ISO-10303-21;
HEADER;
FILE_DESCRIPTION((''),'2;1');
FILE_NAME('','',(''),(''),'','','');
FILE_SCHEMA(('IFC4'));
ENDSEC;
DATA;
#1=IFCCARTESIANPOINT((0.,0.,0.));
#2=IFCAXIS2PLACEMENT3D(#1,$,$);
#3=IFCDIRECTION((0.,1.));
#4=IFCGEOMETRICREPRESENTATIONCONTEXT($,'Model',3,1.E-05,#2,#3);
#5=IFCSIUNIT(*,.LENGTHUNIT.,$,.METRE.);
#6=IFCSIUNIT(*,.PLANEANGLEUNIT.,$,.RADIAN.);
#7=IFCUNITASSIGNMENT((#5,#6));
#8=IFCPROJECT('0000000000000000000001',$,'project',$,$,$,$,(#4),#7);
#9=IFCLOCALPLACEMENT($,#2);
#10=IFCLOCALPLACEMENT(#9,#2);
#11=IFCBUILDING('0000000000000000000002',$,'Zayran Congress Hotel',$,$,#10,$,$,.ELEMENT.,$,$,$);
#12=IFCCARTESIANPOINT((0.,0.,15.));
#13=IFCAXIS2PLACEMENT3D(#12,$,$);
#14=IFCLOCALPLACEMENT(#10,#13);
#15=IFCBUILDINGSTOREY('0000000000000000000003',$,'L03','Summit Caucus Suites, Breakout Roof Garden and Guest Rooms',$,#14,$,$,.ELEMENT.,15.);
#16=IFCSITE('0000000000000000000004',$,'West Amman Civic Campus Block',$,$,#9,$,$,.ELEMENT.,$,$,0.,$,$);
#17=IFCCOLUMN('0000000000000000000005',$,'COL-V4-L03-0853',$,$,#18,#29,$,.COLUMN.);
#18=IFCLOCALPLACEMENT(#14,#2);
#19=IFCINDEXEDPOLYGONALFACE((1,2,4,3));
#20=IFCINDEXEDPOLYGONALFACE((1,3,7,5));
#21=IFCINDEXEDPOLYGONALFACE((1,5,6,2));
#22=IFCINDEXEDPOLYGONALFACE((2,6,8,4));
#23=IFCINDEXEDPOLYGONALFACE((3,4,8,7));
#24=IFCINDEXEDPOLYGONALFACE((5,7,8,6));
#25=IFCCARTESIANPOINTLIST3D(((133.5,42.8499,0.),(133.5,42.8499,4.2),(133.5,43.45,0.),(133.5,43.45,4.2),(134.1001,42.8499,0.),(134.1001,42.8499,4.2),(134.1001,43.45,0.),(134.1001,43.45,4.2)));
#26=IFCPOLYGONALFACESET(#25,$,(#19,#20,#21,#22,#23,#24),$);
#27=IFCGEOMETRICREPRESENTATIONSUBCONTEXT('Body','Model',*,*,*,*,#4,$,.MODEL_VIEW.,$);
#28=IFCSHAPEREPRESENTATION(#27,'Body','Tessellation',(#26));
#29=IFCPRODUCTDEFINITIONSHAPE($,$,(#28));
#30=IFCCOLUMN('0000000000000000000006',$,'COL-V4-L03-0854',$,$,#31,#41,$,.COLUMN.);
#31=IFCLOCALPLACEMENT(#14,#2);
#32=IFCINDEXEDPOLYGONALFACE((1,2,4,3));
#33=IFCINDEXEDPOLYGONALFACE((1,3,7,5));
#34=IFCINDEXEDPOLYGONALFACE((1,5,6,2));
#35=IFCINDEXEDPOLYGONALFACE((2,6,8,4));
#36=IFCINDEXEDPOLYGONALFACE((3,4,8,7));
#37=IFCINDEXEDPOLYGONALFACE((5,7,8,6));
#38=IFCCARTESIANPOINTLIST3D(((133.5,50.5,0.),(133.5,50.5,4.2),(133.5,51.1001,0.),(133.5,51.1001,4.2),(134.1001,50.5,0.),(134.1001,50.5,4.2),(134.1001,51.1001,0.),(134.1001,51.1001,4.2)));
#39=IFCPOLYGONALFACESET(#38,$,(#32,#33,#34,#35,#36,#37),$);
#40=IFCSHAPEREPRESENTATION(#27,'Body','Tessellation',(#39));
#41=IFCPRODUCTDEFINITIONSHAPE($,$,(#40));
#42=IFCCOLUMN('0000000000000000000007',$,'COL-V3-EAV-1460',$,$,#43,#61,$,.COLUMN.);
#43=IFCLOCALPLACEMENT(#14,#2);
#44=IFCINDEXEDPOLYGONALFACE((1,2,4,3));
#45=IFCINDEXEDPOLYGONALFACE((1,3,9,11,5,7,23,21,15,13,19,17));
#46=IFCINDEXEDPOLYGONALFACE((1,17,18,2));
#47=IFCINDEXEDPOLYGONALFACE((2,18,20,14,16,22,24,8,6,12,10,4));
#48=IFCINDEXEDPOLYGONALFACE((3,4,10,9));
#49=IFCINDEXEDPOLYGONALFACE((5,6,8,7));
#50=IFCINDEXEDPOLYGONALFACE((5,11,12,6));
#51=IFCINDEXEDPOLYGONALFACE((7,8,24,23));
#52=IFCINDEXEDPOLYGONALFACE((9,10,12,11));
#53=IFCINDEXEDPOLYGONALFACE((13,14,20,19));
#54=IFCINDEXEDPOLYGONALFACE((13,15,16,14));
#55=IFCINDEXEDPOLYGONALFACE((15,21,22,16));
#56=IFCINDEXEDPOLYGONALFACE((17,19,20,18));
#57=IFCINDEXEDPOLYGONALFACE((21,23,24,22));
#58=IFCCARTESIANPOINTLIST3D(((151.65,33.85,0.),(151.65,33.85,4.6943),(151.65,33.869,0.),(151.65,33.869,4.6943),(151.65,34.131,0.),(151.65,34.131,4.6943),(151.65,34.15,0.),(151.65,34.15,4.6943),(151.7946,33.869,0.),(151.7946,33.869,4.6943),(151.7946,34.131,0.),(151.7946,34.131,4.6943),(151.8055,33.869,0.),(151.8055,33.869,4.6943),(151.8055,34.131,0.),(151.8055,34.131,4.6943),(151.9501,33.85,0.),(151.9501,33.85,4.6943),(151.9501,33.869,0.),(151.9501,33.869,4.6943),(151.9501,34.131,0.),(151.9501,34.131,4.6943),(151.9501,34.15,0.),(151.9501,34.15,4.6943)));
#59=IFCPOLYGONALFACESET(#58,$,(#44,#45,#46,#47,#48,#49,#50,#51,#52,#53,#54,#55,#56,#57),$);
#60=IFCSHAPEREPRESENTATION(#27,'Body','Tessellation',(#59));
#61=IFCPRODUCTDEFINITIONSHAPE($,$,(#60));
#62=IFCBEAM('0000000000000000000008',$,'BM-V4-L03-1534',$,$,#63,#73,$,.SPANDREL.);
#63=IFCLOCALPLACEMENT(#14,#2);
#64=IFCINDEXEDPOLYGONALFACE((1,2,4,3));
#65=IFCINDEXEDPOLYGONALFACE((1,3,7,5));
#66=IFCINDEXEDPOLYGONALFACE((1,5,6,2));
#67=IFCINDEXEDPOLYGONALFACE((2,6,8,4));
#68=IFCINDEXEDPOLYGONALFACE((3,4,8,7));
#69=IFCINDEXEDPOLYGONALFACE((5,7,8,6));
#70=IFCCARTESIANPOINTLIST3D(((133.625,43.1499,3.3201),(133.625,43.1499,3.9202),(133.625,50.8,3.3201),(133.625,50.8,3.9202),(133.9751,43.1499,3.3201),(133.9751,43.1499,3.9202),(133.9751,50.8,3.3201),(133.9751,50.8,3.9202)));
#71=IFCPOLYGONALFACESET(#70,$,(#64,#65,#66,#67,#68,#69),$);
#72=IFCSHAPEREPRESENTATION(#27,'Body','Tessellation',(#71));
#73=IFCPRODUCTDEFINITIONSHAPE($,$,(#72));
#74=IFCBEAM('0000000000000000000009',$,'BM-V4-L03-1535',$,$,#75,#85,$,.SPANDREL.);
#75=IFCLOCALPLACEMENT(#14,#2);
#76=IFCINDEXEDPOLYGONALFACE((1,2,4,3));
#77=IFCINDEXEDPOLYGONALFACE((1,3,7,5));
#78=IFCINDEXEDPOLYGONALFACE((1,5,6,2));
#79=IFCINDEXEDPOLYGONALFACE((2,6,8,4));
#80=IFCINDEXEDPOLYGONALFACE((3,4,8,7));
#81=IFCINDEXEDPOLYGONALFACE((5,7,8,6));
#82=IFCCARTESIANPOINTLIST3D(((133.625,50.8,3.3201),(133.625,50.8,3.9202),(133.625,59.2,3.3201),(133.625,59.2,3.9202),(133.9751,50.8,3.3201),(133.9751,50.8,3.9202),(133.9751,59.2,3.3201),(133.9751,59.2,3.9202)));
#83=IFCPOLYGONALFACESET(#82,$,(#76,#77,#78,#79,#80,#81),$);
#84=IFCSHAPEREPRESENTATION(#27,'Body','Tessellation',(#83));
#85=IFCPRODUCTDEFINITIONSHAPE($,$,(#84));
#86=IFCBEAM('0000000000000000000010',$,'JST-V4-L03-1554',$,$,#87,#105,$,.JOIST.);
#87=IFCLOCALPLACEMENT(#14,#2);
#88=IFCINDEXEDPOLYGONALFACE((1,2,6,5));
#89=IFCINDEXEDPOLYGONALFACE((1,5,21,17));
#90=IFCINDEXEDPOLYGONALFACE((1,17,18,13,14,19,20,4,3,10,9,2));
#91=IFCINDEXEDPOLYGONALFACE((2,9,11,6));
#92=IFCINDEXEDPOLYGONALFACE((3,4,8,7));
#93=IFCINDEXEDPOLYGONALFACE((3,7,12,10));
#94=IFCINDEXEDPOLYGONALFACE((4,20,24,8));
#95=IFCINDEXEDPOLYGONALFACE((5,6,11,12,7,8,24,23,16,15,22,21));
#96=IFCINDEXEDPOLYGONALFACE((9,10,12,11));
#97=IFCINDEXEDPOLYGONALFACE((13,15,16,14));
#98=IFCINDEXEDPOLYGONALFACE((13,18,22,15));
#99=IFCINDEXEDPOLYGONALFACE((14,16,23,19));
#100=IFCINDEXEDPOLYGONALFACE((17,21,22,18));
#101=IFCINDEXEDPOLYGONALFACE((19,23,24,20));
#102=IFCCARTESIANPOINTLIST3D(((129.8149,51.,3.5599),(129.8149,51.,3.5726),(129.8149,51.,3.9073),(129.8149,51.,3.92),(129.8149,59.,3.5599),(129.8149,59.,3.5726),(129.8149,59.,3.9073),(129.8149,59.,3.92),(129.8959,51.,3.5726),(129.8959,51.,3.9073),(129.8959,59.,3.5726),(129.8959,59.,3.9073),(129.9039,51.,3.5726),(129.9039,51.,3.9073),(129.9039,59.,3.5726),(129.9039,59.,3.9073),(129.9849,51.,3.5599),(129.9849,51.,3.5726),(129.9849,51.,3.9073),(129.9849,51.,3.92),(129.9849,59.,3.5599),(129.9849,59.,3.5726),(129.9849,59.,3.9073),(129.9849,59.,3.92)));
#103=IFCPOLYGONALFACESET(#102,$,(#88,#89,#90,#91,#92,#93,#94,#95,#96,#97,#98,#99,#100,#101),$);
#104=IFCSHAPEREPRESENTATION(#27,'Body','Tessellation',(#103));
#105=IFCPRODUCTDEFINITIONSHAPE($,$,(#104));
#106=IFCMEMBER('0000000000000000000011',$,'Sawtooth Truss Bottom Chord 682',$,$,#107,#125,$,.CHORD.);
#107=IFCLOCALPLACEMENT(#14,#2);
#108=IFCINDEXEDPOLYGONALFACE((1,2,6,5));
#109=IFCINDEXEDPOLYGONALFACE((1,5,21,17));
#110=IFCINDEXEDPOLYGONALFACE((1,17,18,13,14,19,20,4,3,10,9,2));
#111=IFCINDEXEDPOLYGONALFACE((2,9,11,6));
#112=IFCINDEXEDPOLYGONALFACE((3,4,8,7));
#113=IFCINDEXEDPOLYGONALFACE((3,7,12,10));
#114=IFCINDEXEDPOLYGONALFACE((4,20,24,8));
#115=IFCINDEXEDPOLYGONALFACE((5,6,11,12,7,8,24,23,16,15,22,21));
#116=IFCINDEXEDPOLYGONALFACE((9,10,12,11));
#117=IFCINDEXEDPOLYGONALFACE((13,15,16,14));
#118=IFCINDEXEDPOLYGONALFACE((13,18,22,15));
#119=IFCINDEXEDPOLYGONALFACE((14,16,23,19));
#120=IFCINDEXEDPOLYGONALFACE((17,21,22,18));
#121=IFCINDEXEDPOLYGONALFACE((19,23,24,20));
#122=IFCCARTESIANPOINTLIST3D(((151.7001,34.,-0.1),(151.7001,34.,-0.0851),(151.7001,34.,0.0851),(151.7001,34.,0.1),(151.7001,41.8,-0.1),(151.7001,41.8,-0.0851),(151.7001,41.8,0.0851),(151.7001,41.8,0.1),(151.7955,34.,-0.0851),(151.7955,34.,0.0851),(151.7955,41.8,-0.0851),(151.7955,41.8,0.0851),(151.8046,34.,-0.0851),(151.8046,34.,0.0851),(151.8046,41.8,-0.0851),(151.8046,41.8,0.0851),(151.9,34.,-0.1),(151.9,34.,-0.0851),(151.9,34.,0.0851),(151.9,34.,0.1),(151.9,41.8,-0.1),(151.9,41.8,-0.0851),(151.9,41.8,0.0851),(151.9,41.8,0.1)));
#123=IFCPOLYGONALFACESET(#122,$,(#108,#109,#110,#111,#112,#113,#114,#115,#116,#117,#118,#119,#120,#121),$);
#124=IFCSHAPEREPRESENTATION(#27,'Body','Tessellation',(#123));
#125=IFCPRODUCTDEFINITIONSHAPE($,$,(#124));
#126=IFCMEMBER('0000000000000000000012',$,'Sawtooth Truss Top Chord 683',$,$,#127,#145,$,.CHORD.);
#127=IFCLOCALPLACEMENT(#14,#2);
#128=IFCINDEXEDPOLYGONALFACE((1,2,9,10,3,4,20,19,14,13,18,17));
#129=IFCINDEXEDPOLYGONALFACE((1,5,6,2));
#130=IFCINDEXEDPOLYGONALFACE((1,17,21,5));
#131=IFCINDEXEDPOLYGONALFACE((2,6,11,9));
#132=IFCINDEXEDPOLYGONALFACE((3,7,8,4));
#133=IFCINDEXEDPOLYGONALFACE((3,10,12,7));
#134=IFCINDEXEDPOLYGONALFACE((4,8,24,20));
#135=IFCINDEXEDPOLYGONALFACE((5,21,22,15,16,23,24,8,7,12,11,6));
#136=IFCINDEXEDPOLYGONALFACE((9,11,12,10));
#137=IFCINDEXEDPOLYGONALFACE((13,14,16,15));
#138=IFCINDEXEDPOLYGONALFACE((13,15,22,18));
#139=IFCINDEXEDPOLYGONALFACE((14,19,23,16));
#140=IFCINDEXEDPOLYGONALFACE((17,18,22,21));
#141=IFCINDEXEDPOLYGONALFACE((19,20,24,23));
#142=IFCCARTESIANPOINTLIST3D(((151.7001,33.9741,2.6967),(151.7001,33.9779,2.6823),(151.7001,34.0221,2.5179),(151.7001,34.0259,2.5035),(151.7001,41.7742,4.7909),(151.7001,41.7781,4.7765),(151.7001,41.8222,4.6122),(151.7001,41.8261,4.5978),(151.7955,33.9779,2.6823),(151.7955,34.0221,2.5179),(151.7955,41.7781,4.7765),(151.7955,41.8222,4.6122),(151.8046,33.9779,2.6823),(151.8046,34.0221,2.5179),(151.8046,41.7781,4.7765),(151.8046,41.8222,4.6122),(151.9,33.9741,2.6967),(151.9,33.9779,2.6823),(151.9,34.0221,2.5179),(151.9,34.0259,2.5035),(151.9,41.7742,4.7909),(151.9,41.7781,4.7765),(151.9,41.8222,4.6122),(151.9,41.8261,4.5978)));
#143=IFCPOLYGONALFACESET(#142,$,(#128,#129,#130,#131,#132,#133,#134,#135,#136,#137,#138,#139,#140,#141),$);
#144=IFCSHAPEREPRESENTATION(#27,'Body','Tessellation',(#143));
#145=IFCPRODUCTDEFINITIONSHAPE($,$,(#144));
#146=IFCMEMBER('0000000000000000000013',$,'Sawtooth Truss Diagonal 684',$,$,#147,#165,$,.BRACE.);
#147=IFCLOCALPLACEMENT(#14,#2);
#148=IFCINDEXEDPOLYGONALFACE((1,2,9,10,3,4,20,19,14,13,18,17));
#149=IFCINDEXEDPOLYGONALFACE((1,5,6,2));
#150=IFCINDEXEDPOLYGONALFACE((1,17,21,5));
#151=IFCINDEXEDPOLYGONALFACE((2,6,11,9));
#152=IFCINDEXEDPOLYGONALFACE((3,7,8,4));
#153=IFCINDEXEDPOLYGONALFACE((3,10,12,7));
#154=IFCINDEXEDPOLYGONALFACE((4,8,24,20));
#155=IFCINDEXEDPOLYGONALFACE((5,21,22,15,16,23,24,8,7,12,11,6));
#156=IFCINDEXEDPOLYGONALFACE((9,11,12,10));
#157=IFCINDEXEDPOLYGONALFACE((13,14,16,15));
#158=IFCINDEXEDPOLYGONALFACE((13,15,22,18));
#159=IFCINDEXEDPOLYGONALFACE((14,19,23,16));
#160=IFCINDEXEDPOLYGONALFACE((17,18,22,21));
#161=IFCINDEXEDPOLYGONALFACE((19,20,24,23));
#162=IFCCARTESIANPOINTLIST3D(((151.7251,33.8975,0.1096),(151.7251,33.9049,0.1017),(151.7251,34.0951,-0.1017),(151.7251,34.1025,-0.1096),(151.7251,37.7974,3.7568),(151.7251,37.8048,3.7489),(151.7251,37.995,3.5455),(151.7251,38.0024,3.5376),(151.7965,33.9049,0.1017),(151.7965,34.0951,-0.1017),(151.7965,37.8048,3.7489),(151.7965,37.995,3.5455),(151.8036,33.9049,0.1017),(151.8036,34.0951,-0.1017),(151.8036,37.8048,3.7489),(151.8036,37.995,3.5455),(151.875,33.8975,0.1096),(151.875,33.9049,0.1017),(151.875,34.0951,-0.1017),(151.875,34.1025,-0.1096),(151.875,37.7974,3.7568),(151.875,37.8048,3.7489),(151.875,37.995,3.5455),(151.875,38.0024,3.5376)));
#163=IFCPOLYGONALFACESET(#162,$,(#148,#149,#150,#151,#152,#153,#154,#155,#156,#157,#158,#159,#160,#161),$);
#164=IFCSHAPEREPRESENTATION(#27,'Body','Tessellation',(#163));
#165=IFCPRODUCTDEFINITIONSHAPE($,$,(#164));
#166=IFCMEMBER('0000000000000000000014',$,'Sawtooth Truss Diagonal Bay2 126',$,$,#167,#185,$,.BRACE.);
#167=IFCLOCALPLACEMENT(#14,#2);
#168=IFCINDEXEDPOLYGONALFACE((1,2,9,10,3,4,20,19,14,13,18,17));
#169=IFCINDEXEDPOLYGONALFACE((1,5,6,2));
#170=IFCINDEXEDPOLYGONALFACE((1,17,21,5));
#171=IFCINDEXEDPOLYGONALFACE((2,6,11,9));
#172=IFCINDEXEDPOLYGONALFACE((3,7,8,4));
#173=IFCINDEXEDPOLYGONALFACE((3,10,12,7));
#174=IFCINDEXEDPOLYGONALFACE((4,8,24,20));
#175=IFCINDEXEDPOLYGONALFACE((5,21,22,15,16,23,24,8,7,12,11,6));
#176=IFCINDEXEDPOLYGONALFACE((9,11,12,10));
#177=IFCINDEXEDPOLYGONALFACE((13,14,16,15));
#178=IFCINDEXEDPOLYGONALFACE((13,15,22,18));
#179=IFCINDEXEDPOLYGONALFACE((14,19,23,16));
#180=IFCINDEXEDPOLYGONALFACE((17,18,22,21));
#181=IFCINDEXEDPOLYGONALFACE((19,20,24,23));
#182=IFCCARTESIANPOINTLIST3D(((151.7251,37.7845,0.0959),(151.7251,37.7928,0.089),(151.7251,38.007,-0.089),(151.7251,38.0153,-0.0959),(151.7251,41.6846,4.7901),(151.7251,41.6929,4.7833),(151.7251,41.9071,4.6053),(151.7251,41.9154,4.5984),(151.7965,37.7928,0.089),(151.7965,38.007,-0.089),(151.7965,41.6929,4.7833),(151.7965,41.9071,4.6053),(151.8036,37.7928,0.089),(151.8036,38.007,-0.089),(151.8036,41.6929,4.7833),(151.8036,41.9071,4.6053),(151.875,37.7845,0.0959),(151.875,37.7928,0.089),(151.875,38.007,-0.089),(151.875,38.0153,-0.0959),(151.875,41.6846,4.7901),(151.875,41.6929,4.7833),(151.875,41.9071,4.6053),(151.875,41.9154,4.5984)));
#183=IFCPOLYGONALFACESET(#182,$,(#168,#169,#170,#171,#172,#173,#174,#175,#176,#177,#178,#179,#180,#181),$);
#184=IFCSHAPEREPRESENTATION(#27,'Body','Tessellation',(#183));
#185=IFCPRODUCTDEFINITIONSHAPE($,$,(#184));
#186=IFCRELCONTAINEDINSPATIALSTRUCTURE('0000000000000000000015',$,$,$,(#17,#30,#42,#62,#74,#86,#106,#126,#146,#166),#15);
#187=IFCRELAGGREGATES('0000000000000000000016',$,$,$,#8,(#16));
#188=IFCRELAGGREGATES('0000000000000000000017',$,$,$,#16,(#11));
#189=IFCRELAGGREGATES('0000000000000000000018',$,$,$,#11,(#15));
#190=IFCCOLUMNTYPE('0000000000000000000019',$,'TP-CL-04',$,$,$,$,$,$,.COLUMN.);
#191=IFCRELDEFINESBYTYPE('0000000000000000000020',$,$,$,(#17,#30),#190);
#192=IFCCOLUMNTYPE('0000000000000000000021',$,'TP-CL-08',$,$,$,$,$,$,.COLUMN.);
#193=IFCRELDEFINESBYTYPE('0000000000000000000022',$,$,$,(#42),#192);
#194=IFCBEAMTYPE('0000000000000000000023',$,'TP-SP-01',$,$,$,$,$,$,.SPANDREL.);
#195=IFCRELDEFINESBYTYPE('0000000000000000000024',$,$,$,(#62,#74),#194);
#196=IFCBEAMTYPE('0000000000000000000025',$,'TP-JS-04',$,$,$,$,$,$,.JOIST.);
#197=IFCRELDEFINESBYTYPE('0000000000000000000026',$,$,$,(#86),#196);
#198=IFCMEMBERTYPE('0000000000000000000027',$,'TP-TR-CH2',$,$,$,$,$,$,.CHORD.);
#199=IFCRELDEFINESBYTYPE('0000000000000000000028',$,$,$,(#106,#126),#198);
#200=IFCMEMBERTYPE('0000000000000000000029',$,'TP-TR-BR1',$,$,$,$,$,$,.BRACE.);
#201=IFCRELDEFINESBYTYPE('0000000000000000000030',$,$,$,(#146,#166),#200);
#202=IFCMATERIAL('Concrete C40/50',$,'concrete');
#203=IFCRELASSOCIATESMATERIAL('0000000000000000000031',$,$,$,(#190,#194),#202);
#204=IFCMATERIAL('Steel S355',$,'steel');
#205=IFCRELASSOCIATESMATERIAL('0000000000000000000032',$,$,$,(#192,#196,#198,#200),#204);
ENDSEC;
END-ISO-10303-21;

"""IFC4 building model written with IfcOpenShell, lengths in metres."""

from ifc_helpers import new_model, si_unit, direction, frame, origin, origin_2d, place, context, subcontext, project, spatial, rectangle, i_section, extrude, material, material_profile, profile_set, type_object, element, save


model = new_model("IFC4")

# Units and contexts
model_context = context("Model", 3, precision=1e-05, world=origin(), true_north=direction((0.0, 1.0)))
body_context = subcontext(model_context, "Body", "Model", "MODEL_VIEW")
ifc_project = project(units=[si_unit("LENGTHUNIT", "METRE"), si_unit("PLANEANGLEUNIT", "RADIAN")], contexts=[model_context])

# Site, building, storey
site_placement = place(None, origin())
site = spatial("IfcSite", under=ifc_project, at=site_placement, Name="West Amman Civic Campus Block", CompositionType="ELEMENT", RefElevation=0.0)
building_placement = place(site_placement, origin())
building = spatial("IfcBuilding", under=site, at=building_placement, Name="Zayran Congress Hotel", CompositionType="ELEMENT")
storey_placement = place(building_placement, frame((0.0, 0.0, 15.0)))
storey = spatial("IfcBuildingStorey", under=building, at=storey_placement, Name="L03", Description="Summit Caucus Suites, Breakout Roof Garden and Guest Rooms", CompositionType="ELEMENT", Elevation=15.0)

# Columns
ifc_material_1 = material(Name="Concrete C40/50", Category="concrete")
ifc_material_profile_1 = material_profile(ifc_material_1, rectangle(XDim=0.6001, YDim=0.6001, at=origin_2d()), Name="RC 600x600")
ifc_profile_set_1 = profile_set([ifc_material_profile_1], Name="Concrete C40/50")
column_type_1 = type_object("IfcColumnType", Name="TP-CL-04", PredefinedType="COLUMN", material=ifc_profile_set_1)
for number, where, z_axis, x_axis, name in (
    (1, (133.8, 43.1499, 0.0), (0.0, 0.0, 1.0), (1.0, 0.0, 0.0), "COL-V4-L03-0853"),
    (2, (133.8, 50.8, 0.0), (0.0, 0.0, 1.0), (1.0, 0.0, 0.0), "COL-V4-L03-0854"),
):
    element("IfcColumn", number, at=place(storey_placement, frame(where, z_axis=z_axis, x_axis=x_axis)), inside=storey, type_object=column_type_1, Name=name, PredefinedType="COLUMN", context=body_context, shape_type="SweptSolid", body=[
        extrude(rectangle(XDim=0.6001, YDim=0.6001, at=origin_2d()), origin(), (0.0, 0.0, 1.0), 4.2),
    ])
ifc_material_2 = material(Name="Steel S355", Category="steel")
ifc_material_profile_2 = material_profile(ifc_material_2, i_section(OverallWidth=0.3, OverallDepth=0.3, WebThickness=0.011, FlangeThickness=0.019, at=origin_2d()), Name="HEB 300")
ifc_profile_set_2 = profile_set([ifc_material_profile_2], Name="Steel S355")
column_type_2 = type_object("IfcColumnType", Name="TP-CL-08", PredefinedType="COLUMN", material=ifc_profile_set_2)
column_placement = place(storey_placement, frame((151.8, 34.0, 0.0), z_axis=(0.0, 0.0, 1.0), x_axis=(1.0, 0.0, 0.0)))
element("IfcColumn", 3, at=column_placement, inside=storey, type_object=column_type_2, Name="COL-V3-EAV-1460", PredefinedType="COLUMN", context=body_context, shape_type="SweptSolid", body=[
    extrude(i_section(OverallWidth=0.3, OverallDepth=0.3, WebThickness=0.011, FlangeThickness=0.019, at=origin_2d()), origin(), (0.0, 0.0, 1.0), 4.6943),
])

# Beams
ifc_material_profile_3 = material_profile(ifc_material_1, rectangle(XDim=0.3501, YDim=0.6001, at=origin_2d()), Name="RC 350x600")
ifc_profile_set_3 = profile_set([ifc_material_profile_3], Name="Concrete C40/50")
beam_type_1 = type_object("IfcBeamType", Name="TP-SP-01", PredefinedType="SPANDREL", material=ifc_profile_set_3)
beam_1_placement = place(storey_placement, frame((133.8, 43.1499, 3.6201), z_axis=(0.0, 1.0, 0.0), x_axis=(-1.0, 0.0, 0.0)))
element("IfcBeam", 4, at=beam_1_placement, inside=storey, type_object=beam_type_1, Name="BM-V4-L03-1534", PredefinedType="SPANDREL", context=body_context, shape_type="SweptSolid", body=[
    extrude(rectangle(XDim=0.3501, YDim=0.6001, at=origin_2d()), origin(), (0.0, 0.0, 1.0), 7.6501),
])
beam_2_placement = place(storey_placement, frame((133.8, 50.8, 3.6201), z_axis=(0.0, 1.0, 0.0), x_axis=(-1.0, 0.0, 0.0)))
element("IfcBeam", 5, at=beam_2_placement, inside=storey, type_object=beam_type_1, Name="BM-V4-L03-1535", PredefinedType="SPANDREL", context=body_context, shape_type="SweptSolid", body=[
    extrude(rectangle(XDim=0.3501, YDim=0.6001, at=origin_2d()), origin(), (0.0, 0.0, 1.0), 8.3999),
])
ifc_material_profile_4 = material_profile(ifc_material_2, i_section(OverallWidth=0.1699, OverallDepth=0.3601, WebThickness=0.0081, FlangeThickness=0.0127, at=origin_2d()), Name="IPE 360")
ifc_profile_set_4 = profile_set([ifc_material_profile_4], Name="Steel S355")
beam_type_2 = type_object("IfcBeamType", Name="TP-JS-04", PredefinedType="JOIST", material=ifc_profile_set_4)
beam_3_placement = place(storey_placement, frame((129.8999, 51.0, 3.74), z_axis=(0.0, 1.0, 0.0), x_axis=(-1.0, 0.0, 0.0)))
element("IfcBeam", 6, at=beam_3_placement, inside=storey, type_object=beam_type_2, Name="JST-V4-L03-1554", PredefinedType="JOIST", context=body_context, shape_type="SweptSolid", body=[
    extrude(i_section(OverallWidth=0.1699, OverallDepth=0.3601, WebThickness=0.0081, FlangeThickness=0.0127, at=origin_2d()), origin(), (0.0, 0.0, 1.0), 8.0),
])

# Members
ifc_material_profile_5 = material_profile(ifc_material_2, i_section(OverallWidth=0.2, OverallDepth=0.2, WebThickness=0.009, FlangeThickness=0.0149, at=origin_2d()), Name="HEB 200")
ifc_profile_set_5 = profile_set([ifc_material_profile_5], Name="Steel S355")
member_type_1 = type_object("IfcMemberType", Name="TP-TR-CH2", PredefinedType="CHORD", material=ifc_profile_set_5)
member_1_placement = place(storey_placement, frame((151.8, 34.0, 0.0), z_axis=(0.0, 1.0, 0.0), x_axis=(-1.0, 0.0, 0.0)))
element("IfcMember", 7, at=member_1_placement, inside=storey, type_object=member_type_1, Name="Sawtooth Truss Bottom Chord 682", PredefinedType="CHORD", context=body_context, shape_type="SweptSolid", body=[
    extrude(i_section(OverallWidth=0.2, OverallDepth=0.2, WebThickness=0.009, FlangeThickness=0.0149, at=origin_2d()), origin(), (0.0, 0.0, 1.0), 7.8),
])
member_2_placement = place(storey_placement, frame((151.8, 34.0, 2.6001), z_axis=(0.0, 0.965795, 0.259307), x_axis=(-1.0, 0.0, 0.0)))
element("IfcMember", 8, at=member_2_placement, inside=storey, type_object=member_type_1, Name="Sawtooth Truss Top Chord 683", PredefinedType="CHORD", context=body_context, shape_type="SweptSolid", body=[
    extrude(i_section(OverallWidth=0.2, OverallDepth=0.2, WebThickness=0.009, FlangeThickness=0.0149, at=origin_2d()), origin(), (0.0, 0.0, 1.0), 8.0764),
])
ifc_material_profile_6 = material_profile(ifc_material_2, i_section(OverallWidth=0.1499, OverallDepth=0.3, WebThickness=0.0071, FlangeThickness=0.0107, at=origin_2d()), Name="IPE 300")
ifc_profile_set_6 = profile_set([ifc_material_profile_6], Name="Steel S355")
member_type_2 = type_object("IfcMemberType", Name="TP-TR-BR1", PredefinedType="BRACE", material=ifc_profile_set_6)
member_3_placement = place(storey_placement, frame((151.8, 34.0, 0.0), z_axis=(0.0, 0.730372, 0.683049), x_axis=(-1.0, 0.0, 0.0)))
element("IfcMember", 9, at=member_3_placement, inside=storey, type_object=member_type_2, Name="Sawtooth Truss Diagonal 684", PredefinedType="BRACE", context=body_context, shape_type="SweptSolid", body=[
    extrude(i_section(OverallWidth=0.1499, OverallDepth=0.3, WebThickness=0.0071, FlangeThickness=0.0107, at=origin_2d()), origin(), (0.0, 0.0, 1.0), 5.3396),
])
member_4_placement = place(storey_placement, frame((151.8, 37.8999, 0.0), z_axis=(0.0, 0.639043, 0.769171), x_axis=(-1.0, 0.0, 0.0)))
element("IfcMember", 10, at=member_4_placement, inside=storey, type_object=member_type_2, Name="Sawtooth Truss Diagonal Bay2 126", PredefinedType="BRACE", context=body_context, shape_type="SweptSolid", body=[
    extrude(i_section(OverallWidth=0.1499, OverallDepth=0.3, WebThickness=0.0071, FlangeThickness=0.0107, at=origin_2d()), origin(), (0.0, 0.0, 1.0), 6.103),
])

save(model, "model.ifc")
